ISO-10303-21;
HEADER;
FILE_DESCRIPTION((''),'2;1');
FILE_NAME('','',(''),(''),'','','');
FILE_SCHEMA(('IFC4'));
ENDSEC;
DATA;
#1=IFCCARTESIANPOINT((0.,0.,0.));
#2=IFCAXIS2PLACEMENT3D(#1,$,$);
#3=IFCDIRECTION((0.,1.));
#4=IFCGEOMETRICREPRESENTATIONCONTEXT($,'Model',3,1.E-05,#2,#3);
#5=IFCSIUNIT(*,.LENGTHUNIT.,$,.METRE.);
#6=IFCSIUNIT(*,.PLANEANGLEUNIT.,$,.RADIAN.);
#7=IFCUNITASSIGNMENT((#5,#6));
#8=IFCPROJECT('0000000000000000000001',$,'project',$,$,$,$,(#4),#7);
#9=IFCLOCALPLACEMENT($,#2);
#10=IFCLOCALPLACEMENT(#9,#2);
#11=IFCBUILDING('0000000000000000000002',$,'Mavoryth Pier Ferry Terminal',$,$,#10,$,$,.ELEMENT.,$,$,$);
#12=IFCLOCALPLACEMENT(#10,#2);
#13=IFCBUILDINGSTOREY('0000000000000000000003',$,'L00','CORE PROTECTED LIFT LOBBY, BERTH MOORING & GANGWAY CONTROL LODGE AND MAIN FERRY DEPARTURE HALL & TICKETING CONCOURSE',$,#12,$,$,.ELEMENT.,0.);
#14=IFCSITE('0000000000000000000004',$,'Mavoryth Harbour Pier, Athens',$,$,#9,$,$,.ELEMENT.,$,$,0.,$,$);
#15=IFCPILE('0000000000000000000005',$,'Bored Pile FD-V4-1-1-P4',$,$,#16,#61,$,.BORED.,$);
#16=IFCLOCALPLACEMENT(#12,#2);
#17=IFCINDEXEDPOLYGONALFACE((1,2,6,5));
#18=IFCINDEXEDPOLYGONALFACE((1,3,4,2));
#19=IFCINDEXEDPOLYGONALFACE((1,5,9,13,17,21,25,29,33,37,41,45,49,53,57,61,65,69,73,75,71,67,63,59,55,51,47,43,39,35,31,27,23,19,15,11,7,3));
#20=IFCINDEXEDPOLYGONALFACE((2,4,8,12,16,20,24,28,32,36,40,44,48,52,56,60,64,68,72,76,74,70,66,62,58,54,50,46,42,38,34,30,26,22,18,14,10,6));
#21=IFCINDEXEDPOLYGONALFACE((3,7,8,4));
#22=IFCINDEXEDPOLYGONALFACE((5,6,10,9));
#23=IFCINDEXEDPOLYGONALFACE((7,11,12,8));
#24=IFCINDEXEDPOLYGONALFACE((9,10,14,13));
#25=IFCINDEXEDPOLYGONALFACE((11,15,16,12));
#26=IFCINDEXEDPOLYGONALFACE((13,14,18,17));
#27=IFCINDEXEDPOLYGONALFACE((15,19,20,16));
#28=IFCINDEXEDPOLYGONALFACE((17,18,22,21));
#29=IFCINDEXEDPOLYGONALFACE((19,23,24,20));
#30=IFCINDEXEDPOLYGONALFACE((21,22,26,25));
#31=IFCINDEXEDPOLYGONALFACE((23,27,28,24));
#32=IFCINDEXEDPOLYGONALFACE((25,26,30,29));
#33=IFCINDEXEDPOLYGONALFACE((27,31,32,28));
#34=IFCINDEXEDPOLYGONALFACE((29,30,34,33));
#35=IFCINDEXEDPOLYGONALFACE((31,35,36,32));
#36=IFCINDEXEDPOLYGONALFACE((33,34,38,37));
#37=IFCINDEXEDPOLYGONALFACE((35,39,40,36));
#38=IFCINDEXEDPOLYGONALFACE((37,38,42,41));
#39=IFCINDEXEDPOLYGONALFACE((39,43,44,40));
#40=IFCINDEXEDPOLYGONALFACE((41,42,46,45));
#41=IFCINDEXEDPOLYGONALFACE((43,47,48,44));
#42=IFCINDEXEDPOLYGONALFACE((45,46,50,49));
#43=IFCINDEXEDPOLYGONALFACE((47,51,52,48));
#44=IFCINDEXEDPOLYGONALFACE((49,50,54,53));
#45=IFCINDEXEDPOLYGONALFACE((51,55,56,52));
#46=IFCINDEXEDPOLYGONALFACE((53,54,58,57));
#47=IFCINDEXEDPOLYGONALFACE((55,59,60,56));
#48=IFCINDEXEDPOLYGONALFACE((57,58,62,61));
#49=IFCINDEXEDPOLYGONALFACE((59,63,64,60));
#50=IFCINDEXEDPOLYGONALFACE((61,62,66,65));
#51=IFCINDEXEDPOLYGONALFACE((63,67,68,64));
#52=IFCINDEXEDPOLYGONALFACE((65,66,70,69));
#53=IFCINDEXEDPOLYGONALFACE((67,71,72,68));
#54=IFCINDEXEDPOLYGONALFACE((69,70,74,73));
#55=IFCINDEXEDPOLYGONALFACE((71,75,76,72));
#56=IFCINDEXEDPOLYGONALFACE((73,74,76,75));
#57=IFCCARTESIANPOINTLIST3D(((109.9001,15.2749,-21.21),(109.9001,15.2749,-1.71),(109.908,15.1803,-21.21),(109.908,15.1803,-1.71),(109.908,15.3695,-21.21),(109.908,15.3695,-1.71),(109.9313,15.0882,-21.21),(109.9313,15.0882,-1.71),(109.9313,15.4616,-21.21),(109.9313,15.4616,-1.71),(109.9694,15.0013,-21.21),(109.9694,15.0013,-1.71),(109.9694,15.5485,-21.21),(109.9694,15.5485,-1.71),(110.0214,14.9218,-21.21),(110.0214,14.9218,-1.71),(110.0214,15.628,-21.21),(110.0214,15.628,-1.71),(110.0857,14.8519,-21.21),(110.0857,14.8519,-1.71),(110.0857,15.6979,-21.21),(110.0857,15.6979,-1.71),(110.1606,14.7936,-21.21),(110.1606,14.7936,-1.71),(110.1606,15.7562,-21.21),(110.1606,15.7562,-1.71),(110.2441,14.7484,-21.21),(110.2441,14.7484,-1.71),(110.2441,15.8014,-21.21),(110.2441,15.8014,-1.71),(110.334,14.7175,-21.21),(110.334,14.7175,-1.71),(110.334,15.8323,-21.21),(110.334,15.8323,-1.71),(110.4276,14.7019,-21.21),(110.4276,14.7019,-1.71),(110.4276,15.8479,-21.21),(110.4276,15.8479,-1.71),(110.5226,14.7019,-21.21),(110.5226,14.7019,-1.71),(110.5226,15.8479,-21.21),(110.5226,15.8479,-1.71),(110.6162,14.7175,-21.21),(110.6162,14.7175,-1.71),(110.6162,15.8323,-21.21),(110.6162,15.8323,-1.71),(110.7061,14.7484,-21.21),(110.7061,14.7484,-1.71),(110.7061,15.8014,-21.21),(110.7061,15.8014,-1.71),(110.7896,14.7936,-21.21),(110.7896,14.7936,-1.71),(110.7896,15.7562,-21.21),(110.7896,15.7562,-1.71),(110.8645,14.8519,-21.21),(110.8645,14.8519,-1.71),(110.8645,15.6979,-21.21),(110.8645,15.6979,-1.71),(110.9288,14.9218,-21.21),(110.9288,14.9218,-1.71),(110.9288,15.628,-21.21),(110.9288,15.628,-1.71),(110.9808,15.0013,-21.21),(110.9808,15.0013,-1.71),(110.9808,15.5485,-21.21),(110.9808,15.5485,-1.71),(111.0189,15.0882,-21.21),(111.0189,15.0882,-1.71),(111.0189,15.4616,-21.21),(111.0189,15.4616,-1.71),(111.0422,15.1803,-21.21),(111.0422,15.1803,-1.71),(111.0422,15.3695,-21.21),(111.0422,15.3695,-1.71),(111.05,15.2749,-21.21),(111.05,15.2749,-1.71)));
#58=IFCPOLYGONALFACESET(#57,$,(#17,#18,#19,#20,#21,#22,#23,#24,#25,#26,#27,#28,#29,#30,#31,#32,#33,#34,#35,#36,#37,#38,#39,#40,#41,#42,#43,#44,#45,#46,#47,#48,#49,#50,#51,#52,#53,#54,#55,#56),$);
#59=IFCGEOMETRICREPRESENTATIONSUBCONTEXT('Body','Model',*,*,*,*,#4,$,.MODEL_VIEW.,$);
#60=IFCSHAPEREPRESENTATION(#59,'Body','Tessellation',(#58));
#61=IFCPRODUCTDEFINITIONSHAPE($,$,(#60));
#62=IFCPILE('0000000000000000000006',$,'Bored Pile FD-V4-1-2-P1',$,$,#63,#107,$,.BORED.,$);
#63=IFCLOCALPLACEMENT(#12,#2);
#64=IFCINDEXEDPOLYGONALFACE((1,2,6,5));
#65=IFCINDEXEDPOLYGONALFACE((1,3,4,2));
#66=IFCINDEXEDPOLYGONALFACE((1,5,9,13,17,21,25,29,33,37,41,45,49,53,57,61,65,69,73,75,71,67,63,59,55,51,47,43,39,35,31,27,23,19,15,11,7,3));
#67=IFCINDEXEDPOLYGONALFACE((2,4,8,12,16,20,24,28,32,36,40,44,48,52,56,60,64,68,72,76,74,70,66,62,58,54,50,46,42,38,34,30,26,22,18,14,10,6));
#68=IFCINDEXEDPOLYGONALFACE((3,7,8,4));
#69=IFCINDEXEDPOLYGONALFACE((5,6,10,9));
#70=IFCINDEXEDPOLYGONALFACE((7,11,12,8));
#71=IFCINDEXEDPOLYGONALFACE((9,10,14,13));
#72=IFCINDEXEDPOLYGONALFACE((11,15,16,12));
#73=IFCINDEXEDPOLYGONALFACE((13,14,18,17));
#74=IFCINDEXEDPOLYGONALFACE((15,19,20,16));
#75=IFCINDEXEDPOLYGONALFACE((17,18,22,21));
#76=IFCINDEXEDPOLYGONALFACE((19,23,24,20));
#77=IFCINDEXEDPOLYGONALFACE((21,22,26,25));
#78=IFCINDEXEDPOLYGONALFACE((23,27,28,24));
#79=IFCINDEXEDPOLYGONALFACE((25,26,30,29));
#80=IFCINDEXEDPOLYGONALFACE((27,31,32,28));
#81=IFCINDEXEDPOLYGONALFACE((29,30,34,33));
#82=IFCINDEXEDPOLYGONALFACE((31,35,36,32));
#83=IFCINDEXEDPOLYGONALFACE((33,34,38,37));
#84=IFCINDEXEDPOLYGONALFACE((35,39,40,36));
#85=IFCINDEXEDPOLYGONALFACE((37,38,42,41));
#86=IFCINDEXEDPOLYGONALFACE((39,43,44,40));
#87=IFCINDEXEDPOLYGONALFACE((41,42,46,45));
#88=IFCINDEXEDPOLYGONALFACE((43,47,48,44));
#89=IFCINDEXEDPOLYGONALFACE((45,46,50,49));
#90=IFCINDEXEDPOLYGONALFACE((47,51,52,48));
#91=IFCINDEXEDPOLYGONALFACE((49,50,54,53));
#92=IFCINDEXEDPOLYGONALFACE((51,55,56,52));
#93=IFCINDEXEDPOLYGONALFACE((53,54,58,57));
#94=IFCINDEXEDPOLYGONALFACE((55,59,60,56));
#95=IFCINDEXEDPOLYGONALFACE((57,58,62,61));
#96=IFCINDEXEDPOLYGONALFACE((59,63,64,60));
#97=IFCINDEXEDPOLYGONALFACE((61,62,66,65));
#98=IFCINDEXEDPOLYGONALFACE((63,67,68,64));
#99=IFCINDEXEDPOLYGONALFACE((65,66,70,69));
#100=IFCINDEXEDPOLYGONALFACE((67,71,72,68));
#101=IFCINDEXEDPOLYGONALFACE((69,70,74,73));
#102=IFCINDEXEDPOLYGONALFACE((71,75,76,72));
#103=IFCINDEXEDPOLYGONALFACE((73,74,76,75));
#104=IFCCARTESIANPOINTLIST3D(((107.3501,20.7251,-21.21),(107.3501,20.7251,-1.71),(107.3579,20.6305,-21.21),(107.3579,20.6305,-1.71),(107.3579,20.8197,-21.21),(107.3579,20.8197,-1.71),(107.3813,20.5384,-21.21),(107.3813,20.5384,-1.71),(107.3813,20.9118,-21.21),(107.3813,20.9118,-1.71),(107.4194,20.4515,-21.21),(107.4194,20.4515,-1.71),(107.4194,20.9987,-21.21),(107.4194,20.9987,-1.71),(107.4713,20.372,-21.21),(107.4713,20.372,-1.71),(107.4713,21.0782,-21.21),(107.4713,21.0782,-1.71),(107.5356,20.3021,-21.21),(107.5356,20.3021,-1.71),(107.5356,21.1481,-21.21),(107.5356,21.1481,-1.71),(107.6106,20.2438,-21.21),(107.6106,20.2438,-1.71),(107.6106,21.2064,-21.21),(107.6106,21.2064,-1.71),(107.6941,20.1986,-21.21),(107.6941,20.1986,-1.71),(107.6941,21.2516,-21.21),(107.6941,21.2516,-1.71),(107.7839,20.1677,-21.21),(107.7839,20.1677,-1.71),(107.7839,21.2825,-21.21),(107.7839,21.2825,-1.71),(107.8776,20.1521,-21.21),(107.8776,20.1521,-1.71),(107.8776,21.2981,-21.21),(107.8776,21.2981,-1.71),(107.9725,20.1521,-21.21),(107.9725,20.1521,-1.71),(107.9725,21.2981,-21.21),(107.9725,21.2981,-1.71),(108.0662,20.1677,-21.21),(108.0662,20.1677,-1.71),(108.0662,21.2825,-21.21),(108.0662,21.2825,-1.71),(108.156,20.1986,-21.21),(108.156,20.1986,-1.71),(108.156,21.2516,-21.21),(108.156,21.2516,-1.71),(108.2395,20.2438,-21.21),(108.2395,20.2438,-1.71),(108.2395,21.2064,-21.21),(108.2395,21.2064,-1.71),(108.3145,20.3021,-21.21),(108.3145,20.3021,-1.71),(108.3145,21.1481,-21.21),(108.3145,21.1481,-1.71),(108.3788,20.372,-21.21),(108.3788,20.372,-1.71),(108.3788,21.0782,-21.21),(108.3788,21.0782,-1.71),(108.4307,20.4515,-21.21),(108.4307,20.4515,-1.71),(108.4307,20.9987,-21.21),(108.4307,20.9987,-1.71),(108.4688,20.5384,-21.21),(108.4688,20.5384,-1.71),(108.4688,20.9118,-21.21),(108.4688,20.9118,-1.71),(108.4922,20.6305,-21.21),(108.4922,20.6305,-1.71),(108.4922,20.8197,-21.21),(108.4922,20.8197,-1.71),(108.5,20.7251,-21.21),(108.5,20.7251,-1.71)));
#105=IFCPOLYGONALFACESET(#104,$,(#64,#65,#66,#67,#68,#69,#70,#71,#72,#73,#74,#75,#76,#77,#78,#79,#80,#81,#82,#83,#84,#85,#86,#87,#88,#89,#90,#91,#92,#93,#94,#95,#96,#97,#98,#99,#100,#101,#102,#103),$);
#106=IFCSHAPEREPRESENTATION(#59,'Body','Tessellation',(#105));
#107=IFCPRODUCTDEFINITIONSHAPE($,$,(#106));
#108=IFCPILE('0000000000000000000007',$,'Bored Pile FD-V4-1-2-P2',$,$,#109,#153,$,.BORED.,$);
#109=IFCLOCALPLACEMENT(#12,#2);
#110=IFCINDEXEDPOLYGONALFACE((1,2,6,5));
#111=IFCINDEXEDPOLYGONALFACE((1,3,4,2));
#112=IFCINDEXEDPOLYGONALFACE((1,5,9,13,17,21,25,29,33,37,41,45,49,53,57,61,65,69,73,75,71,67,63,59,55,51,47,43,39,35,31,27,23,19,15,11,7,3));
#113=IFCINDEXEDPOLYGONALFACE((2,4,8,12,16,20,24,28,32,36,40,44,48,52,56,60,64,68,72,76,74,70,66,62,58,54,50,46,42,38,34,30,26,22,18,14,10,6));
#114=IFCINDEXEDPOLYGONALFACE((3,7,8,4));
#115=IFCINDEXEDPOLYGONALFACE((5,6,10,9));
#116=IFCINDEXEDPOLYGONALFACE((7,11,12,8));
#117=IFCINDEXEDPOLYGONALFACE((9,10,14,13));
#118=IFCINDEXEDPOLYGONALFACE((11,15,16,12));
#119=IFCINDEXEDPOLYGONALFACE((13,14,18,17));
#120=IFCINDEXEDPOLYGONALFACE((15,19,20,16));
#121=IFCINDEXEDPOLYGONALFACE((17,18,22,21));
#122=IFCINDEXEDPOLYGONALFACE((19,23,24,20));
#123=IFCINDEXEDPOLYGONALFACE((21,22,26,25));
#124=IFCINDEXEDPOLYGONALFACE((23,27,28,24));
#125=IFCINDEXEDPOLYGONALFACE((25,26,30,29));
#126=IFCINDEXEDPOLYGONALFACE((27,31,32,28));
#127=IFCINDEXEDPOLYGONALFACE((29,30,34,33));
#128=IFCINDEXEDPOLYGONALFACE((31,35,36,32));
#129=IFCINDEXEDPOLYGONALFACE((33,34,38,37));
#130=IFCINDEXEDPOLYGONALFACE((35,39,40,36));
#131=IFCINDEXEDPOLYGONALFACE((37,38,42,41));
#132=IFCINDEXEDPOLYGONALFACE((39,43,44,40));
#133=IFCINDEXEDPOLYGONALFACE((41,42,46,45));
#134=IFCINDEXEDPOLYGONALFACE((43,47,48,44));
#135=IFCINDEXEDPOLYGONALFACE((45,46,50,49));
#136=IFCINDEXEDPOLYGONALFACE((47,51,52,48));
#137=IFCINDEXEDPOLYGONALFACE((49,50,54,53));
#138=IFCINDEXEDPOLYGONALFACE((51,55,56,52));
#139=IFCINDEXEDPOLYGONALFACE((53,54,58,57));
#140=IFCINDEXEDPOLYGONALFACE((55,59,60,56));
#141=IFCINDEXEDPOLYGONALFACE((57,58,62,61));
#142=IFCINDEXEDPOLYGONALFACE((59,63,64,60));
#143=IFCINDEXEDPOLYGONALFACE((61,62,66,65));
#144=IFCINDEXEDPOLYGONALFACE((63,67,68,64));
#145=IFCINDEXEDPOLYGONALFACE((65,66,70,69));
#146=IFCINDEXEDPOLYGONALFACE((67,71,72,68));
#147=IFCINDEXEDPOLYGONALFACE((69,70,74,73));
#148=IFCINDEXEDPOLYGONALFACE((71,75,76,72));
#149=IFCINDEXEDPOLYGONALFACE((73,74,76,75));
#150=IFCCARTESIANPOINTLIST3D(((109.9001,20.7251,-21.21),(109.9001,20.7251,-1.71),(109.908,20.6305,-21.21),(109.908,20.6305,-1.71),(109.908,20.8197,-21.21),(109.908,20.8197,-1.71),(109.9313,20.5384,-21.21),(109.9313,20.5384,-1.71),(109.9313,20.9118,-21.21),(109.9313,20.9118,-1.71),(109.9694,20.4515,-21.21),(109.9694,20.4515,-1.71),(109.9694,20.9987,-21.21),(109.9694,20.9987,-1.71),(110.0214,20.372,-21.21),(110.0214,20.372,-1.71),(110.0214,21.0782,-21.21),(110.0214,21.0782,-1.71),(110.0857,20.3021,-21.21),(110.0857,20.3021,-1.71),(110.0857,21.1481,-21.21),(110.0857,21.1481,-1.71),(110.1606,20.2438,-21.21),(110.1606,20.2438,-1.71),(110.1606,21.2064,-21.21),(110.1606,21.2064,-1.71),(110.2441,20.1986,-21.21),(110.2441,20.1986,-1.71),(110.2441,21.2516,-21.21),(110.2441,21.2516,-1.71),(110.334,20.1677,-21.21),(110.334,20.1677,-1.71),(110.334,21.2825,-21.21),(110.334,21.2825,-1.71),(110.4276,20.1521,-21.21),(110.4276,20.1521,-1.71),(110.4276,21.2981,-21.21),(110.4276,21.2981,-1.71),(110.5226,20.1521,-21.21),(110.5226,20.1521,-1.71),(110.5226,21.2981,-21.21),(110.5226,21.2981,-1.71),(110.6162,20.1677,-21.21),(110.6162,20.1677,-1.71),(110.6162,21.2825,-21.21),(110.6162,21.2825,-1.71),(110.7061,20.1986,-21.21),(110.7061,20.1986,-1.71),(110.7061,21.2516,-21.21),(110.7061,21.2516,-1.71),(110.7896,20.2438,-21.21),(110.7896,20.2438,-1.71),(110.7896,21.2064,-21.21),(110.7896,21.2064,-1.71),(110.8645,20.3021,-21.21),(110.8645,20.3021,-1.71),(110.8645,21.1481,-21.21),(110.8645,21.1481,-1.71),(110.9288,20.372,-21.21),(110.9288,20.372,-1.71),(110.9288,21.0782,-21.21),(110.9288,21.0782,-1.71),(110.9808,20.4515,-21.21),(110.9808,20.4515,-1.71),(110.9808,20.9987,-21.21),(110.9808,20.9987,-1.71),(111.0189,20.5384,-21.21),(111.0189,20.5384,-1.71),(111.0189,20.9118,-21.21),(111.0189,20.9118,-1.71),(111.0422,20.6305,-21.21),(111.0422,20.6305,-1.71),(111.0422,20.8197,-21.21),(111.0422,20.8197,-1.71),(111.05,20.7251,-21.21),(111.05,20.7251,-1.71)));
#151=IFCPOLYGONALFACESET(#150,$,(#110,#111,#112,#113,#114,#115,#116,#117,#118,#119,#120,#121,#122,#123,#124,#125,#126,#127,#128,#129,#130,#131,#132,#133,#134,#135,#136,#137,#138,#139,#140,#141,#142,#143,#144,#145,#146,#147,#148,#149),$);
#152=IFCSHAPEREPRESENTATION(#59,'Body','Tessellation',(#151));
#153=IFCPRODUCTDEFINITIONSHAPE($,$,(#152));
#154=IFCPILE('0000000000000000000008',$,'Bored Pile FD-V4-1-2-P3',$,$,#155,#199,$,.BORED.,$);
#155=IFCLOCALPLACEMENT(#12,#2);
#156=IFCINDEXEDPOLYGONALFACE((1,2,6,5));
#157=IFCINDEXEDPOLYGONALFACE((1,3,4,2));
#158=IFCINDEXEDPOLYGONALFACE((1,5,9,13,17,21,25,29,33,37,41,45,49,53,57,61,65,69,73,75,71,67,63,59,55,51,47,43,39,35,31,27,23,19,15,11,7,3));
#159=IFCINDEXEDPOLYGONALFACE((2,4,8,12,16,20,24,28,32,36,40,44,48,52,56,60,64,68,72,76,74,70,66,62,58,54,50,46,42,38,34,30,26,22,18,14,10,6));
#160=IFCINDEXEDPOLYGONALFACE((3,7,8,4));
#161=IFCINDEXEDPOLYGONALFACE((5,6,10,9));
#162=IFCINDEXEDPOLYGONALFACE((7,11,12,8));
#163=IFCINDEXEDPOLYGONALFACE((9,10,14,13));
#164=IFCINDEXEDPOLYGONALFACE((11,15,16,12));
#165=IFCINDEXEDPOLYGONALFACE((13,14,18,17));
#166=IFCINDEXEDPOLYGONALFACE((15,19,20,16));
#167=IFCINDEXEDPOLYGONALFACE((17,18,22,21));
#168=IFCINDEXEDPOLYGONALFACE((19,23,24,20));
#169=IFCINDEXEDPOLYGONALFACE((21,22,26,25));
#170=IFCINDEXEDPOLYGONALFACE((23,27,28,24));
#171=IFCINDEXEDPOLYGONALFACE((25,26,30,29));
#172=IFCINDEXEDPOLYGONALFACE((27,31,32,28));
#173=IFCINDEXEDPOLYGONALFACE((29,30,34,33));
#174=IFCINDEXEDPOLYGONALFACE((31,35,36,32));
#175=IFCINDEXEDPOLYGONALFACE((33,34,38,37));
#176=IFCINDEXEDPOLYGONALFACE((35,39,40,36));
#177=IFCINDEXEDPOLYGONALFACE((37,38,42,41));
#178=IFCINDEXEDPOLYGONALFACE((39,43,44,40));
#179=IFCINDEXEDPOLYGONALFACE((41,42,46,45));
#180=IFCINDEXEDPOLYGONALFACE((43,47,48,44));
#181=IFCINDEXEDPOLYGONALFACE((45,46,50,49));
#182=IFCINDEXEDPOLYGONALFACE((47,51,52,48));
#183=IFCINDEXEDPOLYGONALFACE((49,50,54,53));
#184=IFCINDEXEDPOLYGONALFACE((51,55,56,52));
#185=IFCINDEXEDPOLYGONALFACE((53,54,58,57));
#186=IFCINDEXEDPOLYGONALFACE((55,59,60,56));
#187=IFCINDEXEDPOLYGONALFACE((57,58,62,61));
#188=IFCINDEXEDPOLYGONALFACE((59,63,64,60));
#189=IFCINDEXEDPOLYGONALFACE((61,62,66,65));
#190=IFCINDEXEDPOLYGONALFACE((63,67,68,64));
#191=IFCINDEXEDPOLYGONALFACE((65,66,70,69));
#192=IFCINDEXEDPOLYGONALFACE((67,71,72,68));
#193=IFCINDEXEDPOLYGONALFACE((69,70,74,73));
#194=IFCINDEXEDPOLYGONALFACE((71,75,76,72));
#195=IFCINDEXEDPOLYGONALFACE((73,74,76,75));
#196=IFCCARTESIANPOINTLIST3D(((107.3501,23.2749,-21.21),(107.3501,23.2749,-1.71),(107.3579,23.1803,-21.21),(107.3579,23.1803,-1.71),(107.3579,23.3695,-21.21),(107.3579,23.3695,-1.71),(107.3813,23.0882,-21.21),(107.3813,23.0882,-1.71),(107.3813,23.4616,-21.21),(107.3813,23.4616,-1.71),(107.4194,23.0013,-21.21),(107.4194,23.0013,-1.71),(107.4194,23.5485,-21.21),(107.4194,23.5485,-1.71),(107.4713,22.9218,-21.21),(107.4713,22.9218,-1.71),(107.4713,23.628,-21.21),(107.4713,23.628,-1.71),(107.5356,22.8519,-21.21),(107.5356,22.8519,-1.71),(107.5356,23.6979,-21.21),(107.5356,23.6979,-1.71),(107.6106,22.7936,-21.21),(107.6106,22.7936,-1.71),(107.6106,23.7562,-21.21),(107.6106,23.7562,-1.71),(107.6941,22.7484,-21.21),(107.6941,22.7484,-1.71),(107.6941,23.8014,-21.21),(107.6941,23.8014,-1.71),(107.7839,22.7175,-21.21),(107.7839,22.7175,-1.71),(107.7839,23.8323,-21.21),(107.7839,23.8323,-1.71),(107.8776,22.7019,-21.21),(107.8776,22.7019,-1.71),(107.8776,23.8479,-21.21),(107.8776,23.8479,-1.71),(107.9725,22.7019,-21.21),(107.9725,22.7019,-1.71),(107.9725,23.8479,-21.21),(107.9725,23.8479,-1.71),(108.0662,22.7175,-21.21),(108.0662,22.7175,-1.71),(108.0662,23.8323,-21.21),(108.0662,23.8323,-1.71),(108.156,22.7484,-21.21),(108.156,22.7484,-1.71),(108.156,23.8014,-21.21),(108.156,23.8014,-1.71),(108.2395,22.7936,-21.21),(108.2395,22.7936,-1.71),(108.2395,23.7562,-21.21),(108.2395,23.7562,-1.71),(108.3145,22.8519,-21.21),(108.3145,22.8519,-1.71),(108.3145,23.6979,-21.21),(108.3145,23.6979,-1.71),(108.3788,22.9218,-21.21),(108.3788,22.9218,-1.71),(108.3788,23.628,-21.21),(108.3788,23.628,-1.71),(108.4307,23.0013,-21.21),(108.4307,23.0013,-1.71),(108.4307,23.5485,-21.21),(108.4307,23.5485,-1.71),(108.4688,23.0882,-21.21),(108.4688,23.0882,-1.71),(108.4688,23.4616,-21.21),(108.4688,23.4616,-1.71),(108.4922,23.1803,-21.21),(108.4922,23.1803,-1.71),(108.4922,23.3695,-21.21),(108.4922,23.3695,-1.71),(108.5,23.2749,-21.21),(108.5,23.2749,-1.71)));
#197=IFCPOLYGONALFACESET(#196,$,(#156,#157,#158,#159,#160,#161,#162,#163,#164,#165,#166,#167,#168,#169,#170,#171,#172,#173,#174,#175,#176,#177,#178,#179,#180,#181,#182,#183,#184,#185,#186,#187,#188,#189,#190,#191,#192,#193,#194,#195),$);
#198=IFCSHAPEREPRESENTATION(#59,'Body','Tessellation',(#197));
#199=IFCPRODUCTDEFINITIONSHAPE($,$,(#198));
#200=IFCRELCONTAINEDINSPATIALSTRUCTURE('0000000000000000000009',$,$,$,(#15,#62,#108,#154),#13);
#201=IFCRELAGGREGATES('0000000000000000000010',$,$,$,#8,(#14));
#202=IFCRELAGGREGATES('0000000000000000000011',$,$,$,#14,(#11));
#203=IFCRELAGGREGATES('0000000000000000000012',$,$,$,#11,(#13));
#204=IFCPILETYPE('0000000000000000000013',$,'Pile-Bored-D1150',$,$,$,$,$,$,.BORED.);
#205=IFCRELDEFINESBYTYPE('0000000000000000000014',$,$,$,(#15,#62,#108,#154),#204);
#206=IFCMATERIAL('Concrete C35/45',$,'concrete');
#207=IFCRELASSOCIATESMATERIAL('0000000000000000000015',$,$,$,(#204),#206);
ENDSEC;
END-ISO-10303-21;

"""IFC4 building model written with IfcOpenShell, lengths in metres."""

from ifc_helpers import new_model, si_unit, direction, frame, origin, origin_2d, place, context, subcontext, project, spatial, circle, extrude, material, material_profile, profile_set, type_object, element, save


model = new_model("IFC4")

# Units and contexts
model_context = context("Model", 3, precision=1e-05, world=origin(), true_north=direction((0.0, 1.0)))
body_context = subcontext(model_context, "Body", "Model", "MODEL_VIEW")
ifc_project = project(units=[si_unit("LENGTHUNIT", "METRE"), si_unit("PLANEANGLEUNIT", "RADIAN")], contexts=[model_context])

# Site, building, storey
site_placement = place(None, origin())
site = spatial("IfcSite", under=ifc_project, at=site_placement, Name="Mavoryth Harbour Pier, Athens", CompositionType="ELEMENT", RefElevation=0.0)
building_placement = place(site_placement, origin())
building = spatial("IfcBuilding", under=site, at=building_placement, Name="Mavoryth Pier Ferry Terminal", CompositionType="ELEMENT")
storey_placement = place(building_placement, origin())
storey = spatial("IfcBuildingStorey", under=building, at=storey_placement, Name="L00", Description="CORE PROTECTED LIFT LOBBY, BERTH MOORING & GANGWAY CONTROL LODGE AND MAIN FERRY DEPARTURE HALL & TICKETING CONCOURSE", CompositionType="ELEMENT", Elevation=0.0)

# Shared definitions
ifc_material_1 = material(Name="Concrete C35/45", Category="concrete")

# Piles
ifc_material_profile_1 = material_profile(ifc_material_1, circle(Radius=0.575, at=origin_2d()), Name="PILE D1150", Category="concrete")
ifc_profile_set_1 = profile_set([ifc_material_profile_1], Name="Concrete C35/45 - PILE D1150")
pile_type_1 = type_object("IfcPileType", Name="Pile-Bored-D1150", PredefinedType="BORED", material=ifc_profile_set_1)
for number, where, z_axis, x_axis, name in (
    (1, (110.4751, 15.2749, -1.71), (0.0, 0.0, -1.0), (1.0, 0.0, 0.0), "Bored Pile FD-V4-1-1-P4"),
    (2, (107.925, 20.7251, -1.71), (0.0, 0.0, -1.0), (1.0, 0.0, 0.0), "Bored Pile FD-V4-1-2-P1"),
    (3, (110.4751, 20.7251, -1.71), (0.0, 0.0, -1.0), (1.0, 0.0, 0.0), "Bored Pile FD-V4-1-2-P2"),
    (4, (107.925, 23.2749, -1.71), (0.0, 0.0, -1.0), (1.0, 0.0, 0.0), "Bored Pile FD-V4-1-2-P3"),
):
    element("IfcPile", number, at=place(storey_placement, frame(where, z_axis=z_axis, x_axis=x_axis)), inside=storey, type_object=pile_type_1, Name=name, PredefinedType="BORED", context=body_context, shape_type="SweptSolid", body=[
        extrude(circle(Radius=0.575, at=origin_2d()), origin(), (0.0, 0.0, 1.0), 19.5),
    ])

save(model, "model.ifc")
